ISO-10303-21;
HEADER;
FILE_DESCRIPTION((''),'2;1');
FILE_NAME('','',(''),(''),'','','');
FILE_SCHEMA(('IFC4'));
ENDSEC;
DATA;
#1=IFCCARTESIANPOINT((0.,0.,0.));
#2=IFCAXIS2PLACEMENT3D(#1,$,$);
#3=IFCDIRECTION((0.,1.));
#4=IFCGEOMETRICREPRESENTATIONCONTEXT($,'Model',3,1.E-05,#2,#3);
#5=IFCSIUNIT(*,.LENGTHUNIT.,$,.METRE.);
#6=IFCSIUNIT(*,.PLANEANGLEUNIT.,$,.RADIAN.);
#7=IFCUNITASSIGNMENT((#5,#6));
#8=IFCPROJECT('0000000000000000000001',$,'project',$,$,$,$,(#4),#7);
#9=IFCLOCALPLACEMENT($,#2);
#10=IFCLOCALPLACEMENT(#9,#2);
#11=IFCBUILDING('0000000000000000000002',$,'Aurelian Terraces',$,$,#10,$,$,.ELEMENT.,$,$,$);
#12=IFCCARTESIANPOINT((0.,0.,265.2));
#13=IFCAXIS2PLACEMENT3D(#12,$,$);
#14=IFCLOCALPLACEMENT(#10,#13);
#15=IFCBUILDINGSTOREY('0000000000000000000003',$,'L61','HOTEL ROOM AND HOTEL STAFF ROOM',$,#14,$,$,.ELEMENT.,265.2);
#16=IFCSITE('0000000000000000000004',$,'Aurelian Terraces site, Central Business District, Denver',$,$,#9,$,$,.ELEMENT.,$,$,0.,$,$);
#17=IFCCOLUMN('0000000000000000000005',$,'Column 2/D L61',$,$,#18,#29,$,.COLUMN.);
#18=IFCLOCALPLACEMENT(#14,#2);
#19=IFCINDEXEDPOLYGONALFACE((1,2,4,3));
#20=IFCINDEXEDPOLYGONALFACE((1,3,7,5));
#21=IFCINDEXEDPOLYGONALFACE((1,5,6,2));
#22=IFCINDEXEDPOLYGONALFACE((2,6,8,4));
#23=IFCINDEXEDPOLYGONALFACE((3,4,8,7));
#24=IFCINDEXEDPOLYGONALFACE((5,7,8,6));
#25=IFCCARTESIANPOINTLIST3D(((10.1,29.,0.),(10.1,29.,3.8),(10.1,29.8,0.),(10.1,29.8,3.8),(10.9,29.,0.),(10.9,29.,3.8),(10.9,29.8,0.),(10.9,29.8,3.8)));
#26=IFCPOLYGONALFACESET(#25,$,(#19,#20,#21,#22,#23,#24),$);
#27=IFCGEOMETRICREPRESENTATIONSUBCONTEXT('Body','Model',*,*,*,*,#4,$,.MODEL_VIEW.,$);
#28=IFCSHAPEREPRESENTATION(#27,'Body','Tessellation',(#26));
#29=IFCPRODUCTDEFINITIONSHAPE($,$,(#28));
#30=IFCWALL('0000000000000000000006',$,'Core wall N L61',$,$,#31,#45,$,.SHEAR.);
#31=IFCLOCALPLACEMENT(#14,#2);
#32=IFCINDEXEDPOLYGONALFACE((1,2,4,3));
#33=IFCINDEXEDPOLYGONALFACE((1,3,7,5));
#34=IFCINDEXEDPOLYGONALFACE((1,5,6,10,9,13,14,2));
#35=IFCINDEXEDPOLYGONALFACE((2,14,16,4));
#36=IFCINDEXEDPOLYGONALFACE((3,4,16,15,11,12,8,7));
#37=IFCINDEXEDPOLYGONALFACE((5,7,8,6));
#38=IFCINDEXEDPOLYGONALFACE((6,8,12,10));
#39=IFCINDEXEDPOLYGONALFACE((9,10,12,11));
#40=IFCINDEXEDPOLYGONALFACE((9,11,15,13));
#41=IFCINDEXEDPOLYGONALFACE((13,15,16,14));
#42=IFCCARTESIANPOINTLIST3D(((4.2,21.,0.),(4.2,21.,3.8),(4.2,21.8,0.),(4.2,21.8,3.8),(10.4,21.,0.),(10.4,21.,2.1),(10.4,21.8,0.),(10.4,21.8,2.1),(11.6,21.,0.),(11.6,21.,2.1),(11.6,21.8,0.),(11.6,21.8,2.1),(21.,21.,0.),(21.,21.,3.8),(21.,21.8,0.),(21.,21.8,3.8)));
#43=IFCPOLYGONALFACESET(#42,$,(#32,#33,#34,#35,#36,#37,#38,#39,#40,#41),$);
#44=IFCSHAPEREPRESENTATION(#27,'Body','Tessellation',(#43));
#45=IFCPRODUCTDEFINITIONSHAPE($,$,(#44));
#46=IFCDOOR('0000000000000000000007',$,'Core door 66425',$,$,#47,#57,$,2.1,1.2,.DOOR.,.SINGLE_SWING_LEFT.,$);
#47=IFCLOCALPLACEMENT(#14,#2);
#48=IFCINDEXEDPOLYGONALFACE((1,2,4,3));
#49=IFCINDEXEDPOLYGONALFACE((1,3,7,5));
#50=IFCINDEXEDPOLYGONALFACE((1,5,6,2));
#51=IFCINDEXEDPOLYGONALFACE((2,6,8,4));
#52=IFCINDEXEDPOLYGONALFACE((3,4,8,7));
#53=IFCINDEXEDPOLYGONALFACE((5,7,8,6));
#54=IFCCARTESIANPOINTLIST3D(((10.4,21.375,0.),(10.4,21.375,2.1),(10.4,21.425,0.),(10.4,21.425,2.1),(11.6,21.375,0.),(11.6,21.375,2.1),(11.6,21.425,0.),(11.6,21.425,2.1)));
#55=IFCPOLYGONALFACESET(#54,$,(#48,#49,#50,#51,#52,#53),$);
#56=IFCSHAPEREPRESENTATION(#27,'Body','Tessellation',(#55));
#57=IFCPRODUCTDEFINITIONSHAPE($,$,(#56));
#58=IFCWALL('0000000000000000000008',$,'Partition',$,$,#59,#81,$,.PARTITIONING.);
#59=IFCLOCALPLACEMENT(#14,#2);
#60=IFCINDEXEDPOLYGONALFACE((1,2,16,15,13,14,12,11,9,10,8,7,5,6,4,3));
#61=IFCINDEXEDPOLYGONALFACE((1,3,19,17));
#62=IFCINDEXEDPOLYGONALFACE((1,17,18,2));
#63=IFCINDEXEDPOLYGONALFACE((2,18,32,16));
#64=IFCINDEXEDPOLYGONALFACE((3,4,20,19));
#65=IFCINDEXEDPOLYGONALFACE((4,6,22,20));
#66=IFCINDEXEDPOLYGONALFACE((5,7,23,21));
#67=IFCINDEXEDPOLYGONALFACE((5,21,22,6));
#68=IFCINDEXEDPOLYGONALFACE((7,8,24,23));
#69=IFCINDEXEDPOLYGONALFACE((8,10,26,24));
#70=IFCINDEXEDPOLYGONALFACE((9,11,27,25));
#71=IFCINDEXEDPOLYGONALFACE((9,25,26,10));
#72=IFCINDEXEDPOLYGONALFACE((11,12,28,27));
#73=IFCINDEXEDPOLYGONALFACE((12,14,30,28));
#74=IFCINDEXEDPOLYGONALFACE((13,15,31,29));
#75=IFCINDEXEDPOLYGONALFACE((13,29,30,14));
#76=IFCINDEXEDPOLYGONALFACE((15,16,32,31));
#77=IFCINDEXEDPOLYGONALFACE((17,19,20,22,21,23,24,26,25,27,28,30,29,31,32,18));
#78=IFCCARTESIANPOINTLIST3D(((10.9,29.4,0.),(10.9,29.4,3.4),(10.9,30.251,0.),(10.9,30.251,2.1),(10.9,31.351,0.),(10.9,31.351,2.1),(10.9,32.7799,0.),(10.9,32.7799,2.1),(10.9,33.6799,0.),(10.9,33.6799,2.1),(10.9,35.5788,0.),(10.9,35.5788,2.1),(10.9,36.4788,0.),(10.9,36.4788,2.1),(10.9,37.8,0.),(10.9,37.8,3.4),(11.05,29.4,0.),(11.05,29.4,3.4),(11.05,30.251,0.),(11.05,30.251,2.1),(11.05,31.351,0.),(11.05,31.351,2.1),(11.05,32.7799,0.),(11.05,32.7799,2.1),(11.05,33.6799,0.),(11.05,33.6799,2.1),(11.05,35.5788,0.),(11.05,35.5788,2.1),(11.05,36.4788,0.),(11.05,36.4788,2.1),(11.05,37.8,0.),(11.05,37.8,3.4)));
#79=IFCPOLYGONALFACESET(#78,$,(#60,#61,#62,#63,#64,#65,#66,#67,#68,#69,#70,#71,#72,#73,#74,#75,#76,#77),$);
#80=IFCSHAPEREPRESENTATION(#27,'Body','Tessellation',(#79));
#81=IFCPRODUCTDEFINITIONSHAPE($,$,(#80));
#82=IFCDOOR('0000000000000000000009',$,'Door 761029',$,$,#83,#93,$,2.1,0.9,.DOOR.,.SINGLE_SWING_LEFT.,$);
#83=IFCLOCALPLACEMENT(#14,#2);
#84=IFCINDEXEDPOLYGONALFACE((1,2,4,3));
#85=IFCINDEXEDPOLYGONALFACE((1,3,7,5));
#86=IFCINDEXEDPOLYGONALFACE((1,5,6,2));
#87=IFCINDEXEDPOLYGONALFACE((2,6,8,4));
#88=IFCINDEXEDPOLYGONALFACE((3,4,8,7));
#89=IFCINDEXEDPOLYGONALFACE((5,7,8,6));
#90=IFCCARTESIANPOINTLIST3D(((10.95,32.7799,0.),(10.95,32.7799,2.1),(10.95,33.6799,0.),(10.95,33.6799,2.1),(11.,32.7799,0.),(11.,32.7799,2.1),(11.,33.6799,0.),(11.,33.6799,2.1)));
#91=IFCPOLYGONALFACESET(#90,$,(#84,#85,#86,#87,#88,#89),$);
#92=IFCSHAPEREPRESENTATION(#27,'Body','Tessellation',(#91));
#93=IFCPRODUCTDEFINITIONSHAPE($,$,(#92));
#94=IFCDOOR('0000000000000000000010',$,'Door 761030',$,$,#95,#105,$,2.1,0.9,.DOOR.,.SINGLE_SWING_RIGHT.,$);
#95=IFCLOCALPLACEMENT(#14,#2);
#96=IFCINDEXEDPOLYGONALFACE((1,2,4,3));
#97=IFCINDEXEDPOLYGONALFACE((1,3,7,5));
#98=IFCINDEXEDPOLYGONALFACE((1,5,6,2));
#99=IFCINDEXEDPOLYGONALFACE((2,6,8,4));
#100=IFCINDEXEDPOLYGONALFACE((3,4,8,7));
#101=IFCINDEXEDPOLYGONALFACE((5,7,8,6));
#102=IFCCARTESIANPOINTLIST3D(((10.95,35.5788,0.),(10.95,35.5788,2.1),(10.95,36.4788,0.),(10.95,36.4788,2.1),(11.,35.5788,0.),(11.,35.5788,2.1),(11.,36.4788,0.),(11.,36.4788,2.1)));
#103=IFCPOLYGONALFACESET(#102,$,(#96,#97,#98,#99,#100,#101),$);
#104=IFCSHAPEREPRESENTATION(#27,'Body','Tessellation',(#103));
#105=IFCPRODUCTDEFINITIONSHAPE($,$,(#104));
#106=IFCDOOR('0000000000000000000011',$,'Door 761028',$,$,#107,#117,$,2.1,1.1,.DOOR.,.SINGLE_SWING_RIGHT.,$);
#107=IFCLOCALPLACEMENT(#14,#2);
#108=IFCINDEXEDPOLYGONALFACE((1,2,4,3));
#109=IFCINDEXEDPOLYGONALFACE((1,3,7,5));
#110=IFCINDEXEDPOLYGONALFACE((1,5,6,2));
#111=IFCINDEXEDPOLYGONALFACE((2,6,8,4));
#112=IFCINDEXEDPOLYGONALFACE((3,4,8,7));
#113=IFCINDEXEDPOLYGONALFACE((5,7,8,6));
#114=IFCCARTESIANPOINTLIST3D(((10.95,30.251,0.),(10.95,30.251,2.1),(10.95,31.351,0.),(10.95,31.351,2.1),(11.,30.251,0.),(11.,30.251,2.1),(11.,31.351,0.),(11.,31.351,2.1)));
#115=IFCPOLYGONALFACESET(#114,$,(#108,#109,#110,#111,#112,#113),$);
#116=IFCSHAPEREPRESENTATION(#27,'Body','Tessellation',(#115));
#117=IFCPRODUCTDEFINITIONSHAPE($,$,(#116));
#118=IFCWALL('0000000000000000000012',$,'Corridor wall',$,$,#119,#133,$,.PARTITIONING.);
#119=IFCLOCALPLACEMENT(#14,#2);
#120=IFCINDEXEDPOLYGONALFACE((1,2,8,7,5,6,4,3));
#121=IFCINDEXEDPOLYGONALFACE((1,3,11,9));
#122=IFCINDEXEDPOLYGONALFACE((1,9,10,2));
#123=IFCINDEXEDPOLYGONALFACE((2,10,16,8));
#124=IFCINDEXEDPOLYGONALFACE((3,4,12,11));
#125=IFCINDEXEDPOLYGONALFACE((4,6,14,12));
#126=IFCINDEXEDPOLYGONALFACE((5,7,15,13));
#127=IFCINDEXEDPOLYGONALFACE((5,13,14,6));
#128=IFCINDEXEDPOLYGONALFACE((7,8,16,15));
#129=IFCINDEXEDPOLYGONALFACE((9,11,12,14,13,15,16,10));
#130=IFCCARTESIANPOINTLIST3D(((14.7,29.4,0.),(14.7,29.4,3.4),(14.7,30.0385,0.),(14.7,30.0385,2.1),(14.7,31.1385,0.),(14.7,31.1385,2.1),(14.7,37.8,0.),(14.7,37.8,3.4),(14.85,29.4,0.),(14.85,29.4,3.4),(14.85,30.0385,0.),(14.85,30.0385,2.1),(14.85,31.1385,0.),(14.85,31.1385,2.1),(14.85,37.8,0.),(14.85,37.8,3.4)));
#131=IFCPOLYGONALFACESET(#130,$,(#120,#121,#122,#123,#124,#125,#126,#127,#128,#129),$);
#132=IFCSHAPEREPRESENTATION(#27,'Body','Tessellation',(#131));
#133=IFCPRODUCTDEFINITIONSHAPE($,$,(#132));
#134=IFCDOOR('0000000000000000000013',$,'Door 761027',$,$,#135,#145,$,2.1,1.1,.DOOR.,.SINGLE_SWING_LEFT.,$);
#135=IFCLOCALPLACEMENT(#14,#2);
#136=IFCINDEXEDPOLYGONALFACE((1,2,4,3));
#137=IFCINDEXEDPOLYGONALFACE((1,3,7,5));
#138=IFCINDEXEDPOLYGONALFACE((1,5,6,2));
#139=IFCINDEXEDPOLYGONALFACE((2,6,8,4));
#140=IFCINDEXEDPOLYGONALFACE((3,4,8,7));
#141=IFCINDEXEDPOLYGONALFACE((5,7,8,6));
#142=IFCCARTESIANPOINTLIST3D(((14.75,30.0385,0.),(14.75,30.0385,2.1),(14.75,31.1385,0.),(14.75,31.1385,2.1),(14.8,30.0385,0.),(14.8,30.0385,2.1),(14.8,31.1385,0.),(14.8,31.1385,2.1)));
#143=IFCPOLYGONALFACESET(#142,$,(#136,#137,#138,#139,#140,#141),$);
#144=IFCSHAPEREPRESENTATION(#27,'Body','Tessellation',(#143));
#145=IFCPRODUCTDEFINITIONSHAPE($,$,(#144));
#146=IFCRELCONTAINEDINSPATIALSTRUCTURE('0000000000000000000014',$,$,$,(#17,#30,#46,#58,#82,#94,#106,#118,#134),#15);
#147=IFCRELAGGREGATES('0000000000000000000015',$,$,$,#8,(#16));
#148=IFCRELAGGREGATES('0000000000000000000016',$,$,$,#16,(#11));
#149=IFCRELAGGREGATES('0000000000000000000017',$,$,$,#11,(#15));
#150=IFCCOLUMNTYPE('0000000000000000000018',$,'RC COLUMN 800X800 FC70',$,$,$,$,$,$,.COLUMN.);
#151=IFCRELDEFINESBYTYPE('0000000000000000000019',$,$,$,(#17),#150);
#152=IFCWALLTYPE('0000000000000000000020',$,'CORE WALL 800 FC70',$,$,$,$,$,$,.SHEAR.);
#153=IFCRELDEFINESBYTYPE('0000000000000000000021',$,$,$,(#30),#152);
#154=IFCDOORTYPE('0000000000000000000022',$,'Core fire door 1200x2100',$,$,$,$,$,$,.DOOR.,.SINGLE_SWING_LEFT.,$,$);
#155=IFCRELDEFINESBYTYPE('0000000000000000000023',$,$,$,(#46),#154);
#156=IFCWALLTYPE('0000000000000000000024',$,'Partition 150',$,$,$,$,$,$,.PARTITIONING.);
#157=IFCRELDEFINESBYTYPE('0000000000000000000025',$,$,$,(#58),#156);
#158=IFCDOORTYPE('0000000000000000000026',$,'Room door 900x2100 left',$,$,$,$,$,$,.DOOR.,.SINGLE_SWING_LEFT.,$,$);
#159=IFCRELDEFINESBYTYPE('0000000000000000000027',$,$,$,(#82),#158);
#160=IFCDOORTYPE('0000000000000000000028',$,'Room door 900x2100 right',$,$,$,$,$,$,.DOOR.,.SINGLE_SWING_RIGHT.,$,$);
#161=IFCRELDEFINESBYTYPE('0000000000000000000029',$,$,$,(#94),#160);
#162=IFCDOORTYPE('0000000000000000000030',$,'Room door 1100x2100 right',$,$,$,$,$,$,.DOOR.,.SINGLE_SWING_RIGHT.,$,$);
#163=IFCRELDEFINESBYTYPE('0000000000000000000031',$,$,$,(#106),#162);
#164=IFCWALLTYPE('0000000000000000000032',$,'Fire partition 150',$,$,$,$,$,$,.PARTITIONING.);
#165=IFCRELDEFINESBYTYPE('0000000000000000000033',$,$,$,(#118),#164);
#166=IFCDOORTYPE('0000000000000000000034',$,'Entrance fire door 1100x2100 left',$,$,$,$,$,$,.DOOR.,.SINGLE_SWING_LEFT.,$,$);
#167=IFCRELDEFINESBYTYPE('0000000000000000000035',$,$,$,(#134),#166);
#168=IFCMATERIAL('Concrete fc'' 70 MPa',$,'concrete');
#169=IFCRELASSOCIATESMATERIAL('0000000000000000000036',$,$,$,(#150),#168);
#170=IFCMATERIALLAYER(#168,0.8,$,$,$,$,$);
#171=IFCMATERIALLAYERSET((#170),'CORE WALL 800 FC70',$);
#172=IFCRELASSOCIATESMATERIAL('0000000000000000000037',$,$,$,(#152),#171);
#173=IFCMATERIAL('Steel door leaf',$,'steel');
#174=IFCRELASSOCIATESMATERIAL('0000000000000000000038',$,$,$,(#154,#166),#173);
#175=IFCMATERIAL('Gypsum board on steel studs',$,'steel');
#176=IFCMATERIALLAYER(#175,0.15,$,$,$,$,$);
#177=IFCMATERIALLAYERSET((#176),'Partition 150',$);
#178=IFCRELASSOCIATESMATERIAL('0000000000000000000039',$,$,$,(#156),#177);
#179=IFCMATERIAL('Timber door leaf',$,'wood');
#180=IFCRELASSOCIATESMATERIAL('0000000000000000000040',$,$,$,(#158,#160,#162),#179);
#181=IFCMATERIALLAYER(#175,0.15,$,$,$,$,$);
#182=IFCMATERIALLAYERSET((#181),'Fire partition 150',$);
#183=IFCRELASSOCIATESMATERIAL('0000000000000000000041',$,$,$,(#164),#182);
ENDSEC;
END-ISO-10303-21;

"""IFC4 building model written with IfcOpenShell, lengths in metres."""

from ifc_helpers import new_model, si_unit, direction, frame, frame_2d, origin, origin_2d, place, context, subcontext, project, spatial, rectangle, extrude, source, transform, mapped, material, layer, layer_set, material_profile, profile_set, type_object, element, fill, save


model = new_model("IFC4")

# Units and contexts
model_context = context("Model", 3, precision=1e-05, world=origin(), true_north=direction((0.0, 1.0)))
body_context = subcontext(model_context, "Body", "Model", "MODEL_VIEW")
ifc_project = project(units=[si_unit("LENGTHUNIT", "METRE"), si_unit("PLANEANGLEUNIT", "RADIAN")], contexts=[model_context])

# Site, building, storey
site_placement = place(None, origin())
site = spatial("IfcSite", under=ifc_project, at=site_placement, Name="Aurelian Terraces site, Central Business District, Denver", CompositionType="ELEMENT", RefElevation=0.0)
building_placement = place(site_placement, origin())
building = spatial("IfcBuilding", under=site, at=building_placement, Name="Aurelian Terraces", CompositionType="ELEMENT")
storey_placement = place(building_placement, frame((0.0, 0.0, 265.2)))
storey = spatial("IfcBuildingStorey", under=building, at=storey_placement, Name="L61", Description="HOTEL ROOM AND HOTEL STAFF ROOM", CompositionType="ELEMENT", Elevation=265.2)

# Column
ifc_material_1 = material(Name="Concrete fc' 70 MPa", Category="concrete")
ifc_material_profile = material_profile(ifc_material_1, rectangle(XDim=0.8, YDim=0.8, at=origin_2d()))
ifc_profile_set = profile_set([ifc_material_profile], Name="Concrete fc' 70 MPa")
column_type = type_object("IfcColumnType", Name="RC COLUMN 800X800 FC70", PredefinedType="COLUMN", material=ifc_profile_set)
shared_shape_1 = source(origin(), body_context, "Body", "SweptSolid", [
    extrude(rectangle(XDim=0.8, YDim=0.8, at=origin_2d()), origin(), (0.0, 0.0, 1.0), 3.8),
])
column_placement = place(storey_placement, frame((10.5, 29.4, 0.0), z_axis=(0.0, 0.0, 1.0), x_axis=(1.0, 0.0, 0.0)))
element("IfcColumn", 1, at=column_placement, inside=storey, type_object=column_type, Name="Column 2/D L61", PredefinedType="COLUMN", context=body_context, shape_type="MappedRepresentation", body=[
    mapped(shared_shape_1, transform((0.0, 0.0, 0.0), scale=1.0)),
])

# Wall, opening, door
ifc_layer_1 = layer(ifc_material_1, 0.8)
ifc_layer_set_1 = layer_set([ifc_layer_1], Name="CORE WALL 800 FC70")
wall_type_1 = type_object("IfcWallType", Name="CORE WALL 800 FC70", PredefinedType="SHEAR", material=ifc_layer_set_1)
shared_shape_2 = source(origin(), body_context, "Body", "SweptSolid", [
    extrude(rectangle(XDim=16.8, YDim=0.8, at=frame_2d((8.4, 0.0))), origin(), (0.0, 0.0, 1.0), 3.8),
])
wall_1_placement = place(storey_placement, frame((4.2, 21.4, 0.0), z_axis=(0.0, 0.0, 1.0), x_axis=(1.0, 0.0, 0.0)))
wall_1 = element("IfcWall", 2, at=wall_1_placement, inside=storey, type_object=wall_type_1, Name="Core wall N L61", PredefinedType="SHEAR", context=body_context, shape_type="MappedRepresentation", body=[
    mapped(shared_shape_2, transform((0.0, 0.0, 0.0), scale=1.0)),
])
shared_shape_3 = source(origin(), body_context, "Body", "SweptSolid", [
    extrude(rectangle(XDim=1.2, YDim=2.1, at=frame_2d((0.6, 1.05))), frame((0.0, 0.41, 0.0), z_axis=(0.0, -1.0, 0.0), x_axis=(1.0, 0.0, 0.0)), (0.0, 0.0, 1.0), 0.82),
])
opening_1_placement = place(wall_1_placement, frame((6.2, 0.0, 0.0)))
opening_1 = element("IfcOpeningElement", 3, at=opening_1_placement, cuts=wall_1, PredefinedType="OPENING", context=body_context, shape_type="MappedRepresentation", body=[
    mapped(shared_shape_3, transform((0.0, 0.0, 0.0), scale=1.0)),
])
ifc_material_2 = material(Name="Steel door leaf", Category="steel")
door_type_1 = type_object("IfcDoorType", Name="Core fire door 1200x2100", OperationType="SINGLE_SWING_LEFT", PredefinedType="DOOR", material=ifc_material_2)
shared_shape_4 = source(origin(), body_context, "Body", "SweptSolid", [
    extrude(rectangle(XDim=1.2, YDim=2.1, at=frame_2d((0.6, 1.05))), frame((0.0, 0.025, 0.0), z_axis=(0.0, -1.0, 0.0), x_axis=(1.0, 0.0, 0.0)), (0.0, 0.0, 1.0), 0.05),
])
door_1_placement = place(opening_1_placement, origin())
door_1 = element("IfcDoor", 4, at=door_1_placement, inside=storey, type_object=door_type_1, Name="Core door 66425", OperationType="SINGLE_SWING_LEFT", OverallHeight=2.1, OverallWidth=1.2, PredefinedType="DOOR", context=body_context, shape_type="MappedRepresentation", body=[
    mapped(shared_shape_4, transform((0.0, 0.0, 0.0), scale=1.0)),
])
fill(opening_1, door_1)

# Wall, openings, doors
ifc_material_3 = material(Name="Gypsum board on steel studs", Category="steel")
ifc_layer_2 = layer(ifc_material_3, 0.15)
ifc_layer_set_2 = layer_set([ifc_layer_2], Name="Partition 150")
wall_type_2 = type_object("IfcWallType", Name="Partition 150", PredefinedType="PARTITIONING", material=ifc_layer_set_2)
shared_shape_5 = source(origin(), body_context, "Body", "SweptSolid", [
    extrude(rectangle(XDim=8.4, YDim=0.15, at=frame_2d((4.2, 0.0))), origin(), (0.0, 0.0, 1.0), 3.4),
])
wall_2_placement = place(storey_placement, frame((10.975, 29.4, 0.0), z_axis=(0.0, 0.0, 1.0), x_axis=(0.0, 1.0, 0.0)))
wall_2 = element("IfcWall", 5, at=wall_2_placement, inside=storey, type_object=wall_type_2, Name="Partition", PredefinedType="PARTITIONING", context=body_context, shape_type="MappedRepresentation", body=[
    mapped(shared_shape_5, transform((0.0, 0.0, 0.0), scale=1.0)),
])
shared_shape_6 = source(origin(), body_context, "Body", "SweptSolid", [
    extrude(rectangle(XDim=1.1, YDim=2.1, at=frame_2d((0.55, 1.05))), frame((0.0, 0.085, 0.0), z_axis=(0.0, -1.0, 0.0), x_axis=(1.0, 0.0, 0.0)), (0.0, 0.0, 1.0), 0.17),
])
opening_2_placement = place(wall_2_placement, frame((0.851, 0.0, 0.0)))
opening_2 = element("IfcOpeningElement", 6, at=opening_2_placement, cuts=wall_2, PredefinedType="OPENING", context=body_context, shape_type="MappedRepresentation", body=[
    mapped(shared_shape_6, transform((0.0, 0.0, 0.0), scale=1.0)),
])
shared_shape_7 = source(origin(), body_context, "Body", "SweptSolid", [
    extrude(rectangle(XDim=0.9, YDim=2.1, at=frame_2d((0.45, 1.05))), frame((0.0, 0.085, 0.0), z_axis=(0.0, -1.0, 0.0), x_axis=(1.0, 0.0, 0.0)), (0.0, 0.0, 1.0), 0.17),
])
opening_3_placement = place(wall_2_placement, frame((3.3799, 0.0, 0.0)))
opening_3 = element("IfcOpeningElement", 7, at=opening_3_placement, cuts=wall_2, PredefinedType="OPENING", context=body_context, shape_type="MappedRepresentation", body=[
    mapped(shared_shape_7, transform((0.0, 0.0, 0.0), scale=1.0)),
])
opening_4_placement = place(wall_2_placement, frame((6.1788, 0.0, 0.0)))
opening_4 = element("IfcOpeningElement", 8, at=opening_4_placement, cuts=wall_2, PredefinedType="OPENING", context=body_context, shape_type="MappedRepresentation", body=[
    mapped(shared_shape_7, transform((0.0, 0.0, 0.0), scale=1.0)),
])
ifc_material_4 = material(Name="Timber door leaf", Category="wood")
door_type_2 = type_object("IfcDoorType", Name="Room door 900x2100 left", OperationType="SINGLE_SWING_LEFT", PredefinedType="DOOR", material=ifc_material_4)
shared_shape_8 = source(origin(), body_context, "Body", "SweptSolid", [
    extrude(rectangle(XDim=0.9, YDim=2.1, at=frame_2d((0.45, 1.05))), frame((0.0, 0.025, 0.0), z_axis=(0.0, -1.0, 0.0), x_axis=(1.0, 0.0, 0.0)), (0.0, 0.0, 1.0), 0.05),
])
door_2_placement = place(opening_3_placement, origin())
door_2 = element("IfcDoor", 9, at=door_2_placement, inside=storey, type_object=door_type_2, Name="Door 761029", OperationType="SINGLE_SWING_LEFT", OverallHeight=2.1, OverallWidth=0.9, PredefinedType="DOOR", context=body_context, shape_type="MappedRepresentation", body=[
    mapped(shared_shape_8, transform((0.0, 0.0, 0.0), scale=1.0)),
])
fill(opening_3, door_2)
door_type_3 = type_object("IfcDoorType", Name="Room door 900x2100 right", OperationType="SINGLE_SWING_RIGHT", PredefinedType="DOOR", material=ifc_material_4)
door_3_placement = place(opening_4_placement, origin())
door_3 = element("IfcDoor", 10, at=door_3_placement, inside=storey, type_object=door_type_3, Name="Door 761030", OperationType="SINGLE_SWING_RIGHT", OverallHeight=2.1, OverallWidth=0.9, PredefinedType="DOOR", context=body_context, shape_type="MappedRepresentation", body=[
    mapped(shared_shape_8, transform((0.0, 0.0, 0.0), scale=1.0)),
])
fill(opening_4, door_3)
door_type_4 = type_object("IfcDoorType", Name="Room door 1100x2100 right", OperationType="SINGLE_SWING_RIGHT", PredefinedType="DOOR", material=ifc_material_4)
shared_shape_9 = source(origin(), body_context, "Body", "SweptSolid", [
    extrude(rectangle(XDim=1.1, YDim=2.1, at=frame_2d((0.55, 1.05))), frame((0.0, 0.025, 0.0), z_axis=(0.0, -1.0, 0.0), x_axis=(1.0, 0.0, 0.0)), (0.0, 0.0, 1.0), 0.05),
])
door_4_placement = place(opening_2_placement, origin())
door_4 = element("IfcDoor", 11, at=door_4_placement, inside=storey, type_object=door_type_4, Name="Door 761028", OperationType="SINGLE_SWING_RIGHT", OverallHeight=2.1, OverallWidth=1.1, PredefinedType="DOOR", context=body_context, shape_type="MappedRepresentation", body=[
    mapped(shared_shape_9, transform((0.0, 0.0, 0.0), scale=1.0)),
])
fill(opening_2, door_4)

# Wall, opening, door
ifc_layer_3 = layer(ifc_material_3, 0.15)
ifc_layer_set_3 = layer_set([ifc_layer_3], Name="Fire partition 150")
wall_type_3 = type_object("IfcWallType", Name="Fire partition 150", PredefinedType="PARTITIONING", material=ifc_layer_set_3)
wall_3_placement = place(storey_placement, frame((14.775, 29.4, 0.0), z_axis=(0.0, 0.0, 1.0), x_axis=(0.0, 1.0, 0.0)))
wall_3 = element("IfcWall", 12, at=wall_3_placement, inside=storey, type_object=wall_type_3, Name="Corridor wall", PredefinedType="PARTITIONING", context=body_context, shape_type="MappedRepresentation", body=[
    mapped(shared_shape_5, transform((0.0, 0.0, 0.0), scale=1.0)),
])
opening_5_placement = place(wall_3_placement, frame((0.6385, 0.0, 0.0)))
opening_5 = element("IfcOpeningElement", 13, at=opening_5_placement, cuts=wall_3, PredefinedType="OPENING", context=body_context, shape_type="MappedRepresentation", body=[
    mapped(shared_shape_6, transform((0.0, 0.0, 0.0), scale=1.0)),
])
door_type_5 = type_object("IfcDoorType", Name="Entrance fire door 1100x2100 left", OperationType="SINGLE_SWING_LEFT", PredefinedType="DOOR", material=ifc_material_2)
door_5_placement = place(opening_5_placement, origin())
door_5 = element("IfcDoor", 14, at=door_5_placement, inside=storey, type_object=door_type_5, Name="Door 761027", OperationType="SINGLE_SWING_LEFT", OverallHeight=2.1, OverallWidth=1.1, PredefinedType="DOOR", context=body_context, shape_type="MappedRepresentation", body=[
    mapped(shared_shape_9, transform((0.0, 0.0, 0.0), scale=1.0)),
])
fill(opening_5, door_5)

save(model, "model.ifc")
